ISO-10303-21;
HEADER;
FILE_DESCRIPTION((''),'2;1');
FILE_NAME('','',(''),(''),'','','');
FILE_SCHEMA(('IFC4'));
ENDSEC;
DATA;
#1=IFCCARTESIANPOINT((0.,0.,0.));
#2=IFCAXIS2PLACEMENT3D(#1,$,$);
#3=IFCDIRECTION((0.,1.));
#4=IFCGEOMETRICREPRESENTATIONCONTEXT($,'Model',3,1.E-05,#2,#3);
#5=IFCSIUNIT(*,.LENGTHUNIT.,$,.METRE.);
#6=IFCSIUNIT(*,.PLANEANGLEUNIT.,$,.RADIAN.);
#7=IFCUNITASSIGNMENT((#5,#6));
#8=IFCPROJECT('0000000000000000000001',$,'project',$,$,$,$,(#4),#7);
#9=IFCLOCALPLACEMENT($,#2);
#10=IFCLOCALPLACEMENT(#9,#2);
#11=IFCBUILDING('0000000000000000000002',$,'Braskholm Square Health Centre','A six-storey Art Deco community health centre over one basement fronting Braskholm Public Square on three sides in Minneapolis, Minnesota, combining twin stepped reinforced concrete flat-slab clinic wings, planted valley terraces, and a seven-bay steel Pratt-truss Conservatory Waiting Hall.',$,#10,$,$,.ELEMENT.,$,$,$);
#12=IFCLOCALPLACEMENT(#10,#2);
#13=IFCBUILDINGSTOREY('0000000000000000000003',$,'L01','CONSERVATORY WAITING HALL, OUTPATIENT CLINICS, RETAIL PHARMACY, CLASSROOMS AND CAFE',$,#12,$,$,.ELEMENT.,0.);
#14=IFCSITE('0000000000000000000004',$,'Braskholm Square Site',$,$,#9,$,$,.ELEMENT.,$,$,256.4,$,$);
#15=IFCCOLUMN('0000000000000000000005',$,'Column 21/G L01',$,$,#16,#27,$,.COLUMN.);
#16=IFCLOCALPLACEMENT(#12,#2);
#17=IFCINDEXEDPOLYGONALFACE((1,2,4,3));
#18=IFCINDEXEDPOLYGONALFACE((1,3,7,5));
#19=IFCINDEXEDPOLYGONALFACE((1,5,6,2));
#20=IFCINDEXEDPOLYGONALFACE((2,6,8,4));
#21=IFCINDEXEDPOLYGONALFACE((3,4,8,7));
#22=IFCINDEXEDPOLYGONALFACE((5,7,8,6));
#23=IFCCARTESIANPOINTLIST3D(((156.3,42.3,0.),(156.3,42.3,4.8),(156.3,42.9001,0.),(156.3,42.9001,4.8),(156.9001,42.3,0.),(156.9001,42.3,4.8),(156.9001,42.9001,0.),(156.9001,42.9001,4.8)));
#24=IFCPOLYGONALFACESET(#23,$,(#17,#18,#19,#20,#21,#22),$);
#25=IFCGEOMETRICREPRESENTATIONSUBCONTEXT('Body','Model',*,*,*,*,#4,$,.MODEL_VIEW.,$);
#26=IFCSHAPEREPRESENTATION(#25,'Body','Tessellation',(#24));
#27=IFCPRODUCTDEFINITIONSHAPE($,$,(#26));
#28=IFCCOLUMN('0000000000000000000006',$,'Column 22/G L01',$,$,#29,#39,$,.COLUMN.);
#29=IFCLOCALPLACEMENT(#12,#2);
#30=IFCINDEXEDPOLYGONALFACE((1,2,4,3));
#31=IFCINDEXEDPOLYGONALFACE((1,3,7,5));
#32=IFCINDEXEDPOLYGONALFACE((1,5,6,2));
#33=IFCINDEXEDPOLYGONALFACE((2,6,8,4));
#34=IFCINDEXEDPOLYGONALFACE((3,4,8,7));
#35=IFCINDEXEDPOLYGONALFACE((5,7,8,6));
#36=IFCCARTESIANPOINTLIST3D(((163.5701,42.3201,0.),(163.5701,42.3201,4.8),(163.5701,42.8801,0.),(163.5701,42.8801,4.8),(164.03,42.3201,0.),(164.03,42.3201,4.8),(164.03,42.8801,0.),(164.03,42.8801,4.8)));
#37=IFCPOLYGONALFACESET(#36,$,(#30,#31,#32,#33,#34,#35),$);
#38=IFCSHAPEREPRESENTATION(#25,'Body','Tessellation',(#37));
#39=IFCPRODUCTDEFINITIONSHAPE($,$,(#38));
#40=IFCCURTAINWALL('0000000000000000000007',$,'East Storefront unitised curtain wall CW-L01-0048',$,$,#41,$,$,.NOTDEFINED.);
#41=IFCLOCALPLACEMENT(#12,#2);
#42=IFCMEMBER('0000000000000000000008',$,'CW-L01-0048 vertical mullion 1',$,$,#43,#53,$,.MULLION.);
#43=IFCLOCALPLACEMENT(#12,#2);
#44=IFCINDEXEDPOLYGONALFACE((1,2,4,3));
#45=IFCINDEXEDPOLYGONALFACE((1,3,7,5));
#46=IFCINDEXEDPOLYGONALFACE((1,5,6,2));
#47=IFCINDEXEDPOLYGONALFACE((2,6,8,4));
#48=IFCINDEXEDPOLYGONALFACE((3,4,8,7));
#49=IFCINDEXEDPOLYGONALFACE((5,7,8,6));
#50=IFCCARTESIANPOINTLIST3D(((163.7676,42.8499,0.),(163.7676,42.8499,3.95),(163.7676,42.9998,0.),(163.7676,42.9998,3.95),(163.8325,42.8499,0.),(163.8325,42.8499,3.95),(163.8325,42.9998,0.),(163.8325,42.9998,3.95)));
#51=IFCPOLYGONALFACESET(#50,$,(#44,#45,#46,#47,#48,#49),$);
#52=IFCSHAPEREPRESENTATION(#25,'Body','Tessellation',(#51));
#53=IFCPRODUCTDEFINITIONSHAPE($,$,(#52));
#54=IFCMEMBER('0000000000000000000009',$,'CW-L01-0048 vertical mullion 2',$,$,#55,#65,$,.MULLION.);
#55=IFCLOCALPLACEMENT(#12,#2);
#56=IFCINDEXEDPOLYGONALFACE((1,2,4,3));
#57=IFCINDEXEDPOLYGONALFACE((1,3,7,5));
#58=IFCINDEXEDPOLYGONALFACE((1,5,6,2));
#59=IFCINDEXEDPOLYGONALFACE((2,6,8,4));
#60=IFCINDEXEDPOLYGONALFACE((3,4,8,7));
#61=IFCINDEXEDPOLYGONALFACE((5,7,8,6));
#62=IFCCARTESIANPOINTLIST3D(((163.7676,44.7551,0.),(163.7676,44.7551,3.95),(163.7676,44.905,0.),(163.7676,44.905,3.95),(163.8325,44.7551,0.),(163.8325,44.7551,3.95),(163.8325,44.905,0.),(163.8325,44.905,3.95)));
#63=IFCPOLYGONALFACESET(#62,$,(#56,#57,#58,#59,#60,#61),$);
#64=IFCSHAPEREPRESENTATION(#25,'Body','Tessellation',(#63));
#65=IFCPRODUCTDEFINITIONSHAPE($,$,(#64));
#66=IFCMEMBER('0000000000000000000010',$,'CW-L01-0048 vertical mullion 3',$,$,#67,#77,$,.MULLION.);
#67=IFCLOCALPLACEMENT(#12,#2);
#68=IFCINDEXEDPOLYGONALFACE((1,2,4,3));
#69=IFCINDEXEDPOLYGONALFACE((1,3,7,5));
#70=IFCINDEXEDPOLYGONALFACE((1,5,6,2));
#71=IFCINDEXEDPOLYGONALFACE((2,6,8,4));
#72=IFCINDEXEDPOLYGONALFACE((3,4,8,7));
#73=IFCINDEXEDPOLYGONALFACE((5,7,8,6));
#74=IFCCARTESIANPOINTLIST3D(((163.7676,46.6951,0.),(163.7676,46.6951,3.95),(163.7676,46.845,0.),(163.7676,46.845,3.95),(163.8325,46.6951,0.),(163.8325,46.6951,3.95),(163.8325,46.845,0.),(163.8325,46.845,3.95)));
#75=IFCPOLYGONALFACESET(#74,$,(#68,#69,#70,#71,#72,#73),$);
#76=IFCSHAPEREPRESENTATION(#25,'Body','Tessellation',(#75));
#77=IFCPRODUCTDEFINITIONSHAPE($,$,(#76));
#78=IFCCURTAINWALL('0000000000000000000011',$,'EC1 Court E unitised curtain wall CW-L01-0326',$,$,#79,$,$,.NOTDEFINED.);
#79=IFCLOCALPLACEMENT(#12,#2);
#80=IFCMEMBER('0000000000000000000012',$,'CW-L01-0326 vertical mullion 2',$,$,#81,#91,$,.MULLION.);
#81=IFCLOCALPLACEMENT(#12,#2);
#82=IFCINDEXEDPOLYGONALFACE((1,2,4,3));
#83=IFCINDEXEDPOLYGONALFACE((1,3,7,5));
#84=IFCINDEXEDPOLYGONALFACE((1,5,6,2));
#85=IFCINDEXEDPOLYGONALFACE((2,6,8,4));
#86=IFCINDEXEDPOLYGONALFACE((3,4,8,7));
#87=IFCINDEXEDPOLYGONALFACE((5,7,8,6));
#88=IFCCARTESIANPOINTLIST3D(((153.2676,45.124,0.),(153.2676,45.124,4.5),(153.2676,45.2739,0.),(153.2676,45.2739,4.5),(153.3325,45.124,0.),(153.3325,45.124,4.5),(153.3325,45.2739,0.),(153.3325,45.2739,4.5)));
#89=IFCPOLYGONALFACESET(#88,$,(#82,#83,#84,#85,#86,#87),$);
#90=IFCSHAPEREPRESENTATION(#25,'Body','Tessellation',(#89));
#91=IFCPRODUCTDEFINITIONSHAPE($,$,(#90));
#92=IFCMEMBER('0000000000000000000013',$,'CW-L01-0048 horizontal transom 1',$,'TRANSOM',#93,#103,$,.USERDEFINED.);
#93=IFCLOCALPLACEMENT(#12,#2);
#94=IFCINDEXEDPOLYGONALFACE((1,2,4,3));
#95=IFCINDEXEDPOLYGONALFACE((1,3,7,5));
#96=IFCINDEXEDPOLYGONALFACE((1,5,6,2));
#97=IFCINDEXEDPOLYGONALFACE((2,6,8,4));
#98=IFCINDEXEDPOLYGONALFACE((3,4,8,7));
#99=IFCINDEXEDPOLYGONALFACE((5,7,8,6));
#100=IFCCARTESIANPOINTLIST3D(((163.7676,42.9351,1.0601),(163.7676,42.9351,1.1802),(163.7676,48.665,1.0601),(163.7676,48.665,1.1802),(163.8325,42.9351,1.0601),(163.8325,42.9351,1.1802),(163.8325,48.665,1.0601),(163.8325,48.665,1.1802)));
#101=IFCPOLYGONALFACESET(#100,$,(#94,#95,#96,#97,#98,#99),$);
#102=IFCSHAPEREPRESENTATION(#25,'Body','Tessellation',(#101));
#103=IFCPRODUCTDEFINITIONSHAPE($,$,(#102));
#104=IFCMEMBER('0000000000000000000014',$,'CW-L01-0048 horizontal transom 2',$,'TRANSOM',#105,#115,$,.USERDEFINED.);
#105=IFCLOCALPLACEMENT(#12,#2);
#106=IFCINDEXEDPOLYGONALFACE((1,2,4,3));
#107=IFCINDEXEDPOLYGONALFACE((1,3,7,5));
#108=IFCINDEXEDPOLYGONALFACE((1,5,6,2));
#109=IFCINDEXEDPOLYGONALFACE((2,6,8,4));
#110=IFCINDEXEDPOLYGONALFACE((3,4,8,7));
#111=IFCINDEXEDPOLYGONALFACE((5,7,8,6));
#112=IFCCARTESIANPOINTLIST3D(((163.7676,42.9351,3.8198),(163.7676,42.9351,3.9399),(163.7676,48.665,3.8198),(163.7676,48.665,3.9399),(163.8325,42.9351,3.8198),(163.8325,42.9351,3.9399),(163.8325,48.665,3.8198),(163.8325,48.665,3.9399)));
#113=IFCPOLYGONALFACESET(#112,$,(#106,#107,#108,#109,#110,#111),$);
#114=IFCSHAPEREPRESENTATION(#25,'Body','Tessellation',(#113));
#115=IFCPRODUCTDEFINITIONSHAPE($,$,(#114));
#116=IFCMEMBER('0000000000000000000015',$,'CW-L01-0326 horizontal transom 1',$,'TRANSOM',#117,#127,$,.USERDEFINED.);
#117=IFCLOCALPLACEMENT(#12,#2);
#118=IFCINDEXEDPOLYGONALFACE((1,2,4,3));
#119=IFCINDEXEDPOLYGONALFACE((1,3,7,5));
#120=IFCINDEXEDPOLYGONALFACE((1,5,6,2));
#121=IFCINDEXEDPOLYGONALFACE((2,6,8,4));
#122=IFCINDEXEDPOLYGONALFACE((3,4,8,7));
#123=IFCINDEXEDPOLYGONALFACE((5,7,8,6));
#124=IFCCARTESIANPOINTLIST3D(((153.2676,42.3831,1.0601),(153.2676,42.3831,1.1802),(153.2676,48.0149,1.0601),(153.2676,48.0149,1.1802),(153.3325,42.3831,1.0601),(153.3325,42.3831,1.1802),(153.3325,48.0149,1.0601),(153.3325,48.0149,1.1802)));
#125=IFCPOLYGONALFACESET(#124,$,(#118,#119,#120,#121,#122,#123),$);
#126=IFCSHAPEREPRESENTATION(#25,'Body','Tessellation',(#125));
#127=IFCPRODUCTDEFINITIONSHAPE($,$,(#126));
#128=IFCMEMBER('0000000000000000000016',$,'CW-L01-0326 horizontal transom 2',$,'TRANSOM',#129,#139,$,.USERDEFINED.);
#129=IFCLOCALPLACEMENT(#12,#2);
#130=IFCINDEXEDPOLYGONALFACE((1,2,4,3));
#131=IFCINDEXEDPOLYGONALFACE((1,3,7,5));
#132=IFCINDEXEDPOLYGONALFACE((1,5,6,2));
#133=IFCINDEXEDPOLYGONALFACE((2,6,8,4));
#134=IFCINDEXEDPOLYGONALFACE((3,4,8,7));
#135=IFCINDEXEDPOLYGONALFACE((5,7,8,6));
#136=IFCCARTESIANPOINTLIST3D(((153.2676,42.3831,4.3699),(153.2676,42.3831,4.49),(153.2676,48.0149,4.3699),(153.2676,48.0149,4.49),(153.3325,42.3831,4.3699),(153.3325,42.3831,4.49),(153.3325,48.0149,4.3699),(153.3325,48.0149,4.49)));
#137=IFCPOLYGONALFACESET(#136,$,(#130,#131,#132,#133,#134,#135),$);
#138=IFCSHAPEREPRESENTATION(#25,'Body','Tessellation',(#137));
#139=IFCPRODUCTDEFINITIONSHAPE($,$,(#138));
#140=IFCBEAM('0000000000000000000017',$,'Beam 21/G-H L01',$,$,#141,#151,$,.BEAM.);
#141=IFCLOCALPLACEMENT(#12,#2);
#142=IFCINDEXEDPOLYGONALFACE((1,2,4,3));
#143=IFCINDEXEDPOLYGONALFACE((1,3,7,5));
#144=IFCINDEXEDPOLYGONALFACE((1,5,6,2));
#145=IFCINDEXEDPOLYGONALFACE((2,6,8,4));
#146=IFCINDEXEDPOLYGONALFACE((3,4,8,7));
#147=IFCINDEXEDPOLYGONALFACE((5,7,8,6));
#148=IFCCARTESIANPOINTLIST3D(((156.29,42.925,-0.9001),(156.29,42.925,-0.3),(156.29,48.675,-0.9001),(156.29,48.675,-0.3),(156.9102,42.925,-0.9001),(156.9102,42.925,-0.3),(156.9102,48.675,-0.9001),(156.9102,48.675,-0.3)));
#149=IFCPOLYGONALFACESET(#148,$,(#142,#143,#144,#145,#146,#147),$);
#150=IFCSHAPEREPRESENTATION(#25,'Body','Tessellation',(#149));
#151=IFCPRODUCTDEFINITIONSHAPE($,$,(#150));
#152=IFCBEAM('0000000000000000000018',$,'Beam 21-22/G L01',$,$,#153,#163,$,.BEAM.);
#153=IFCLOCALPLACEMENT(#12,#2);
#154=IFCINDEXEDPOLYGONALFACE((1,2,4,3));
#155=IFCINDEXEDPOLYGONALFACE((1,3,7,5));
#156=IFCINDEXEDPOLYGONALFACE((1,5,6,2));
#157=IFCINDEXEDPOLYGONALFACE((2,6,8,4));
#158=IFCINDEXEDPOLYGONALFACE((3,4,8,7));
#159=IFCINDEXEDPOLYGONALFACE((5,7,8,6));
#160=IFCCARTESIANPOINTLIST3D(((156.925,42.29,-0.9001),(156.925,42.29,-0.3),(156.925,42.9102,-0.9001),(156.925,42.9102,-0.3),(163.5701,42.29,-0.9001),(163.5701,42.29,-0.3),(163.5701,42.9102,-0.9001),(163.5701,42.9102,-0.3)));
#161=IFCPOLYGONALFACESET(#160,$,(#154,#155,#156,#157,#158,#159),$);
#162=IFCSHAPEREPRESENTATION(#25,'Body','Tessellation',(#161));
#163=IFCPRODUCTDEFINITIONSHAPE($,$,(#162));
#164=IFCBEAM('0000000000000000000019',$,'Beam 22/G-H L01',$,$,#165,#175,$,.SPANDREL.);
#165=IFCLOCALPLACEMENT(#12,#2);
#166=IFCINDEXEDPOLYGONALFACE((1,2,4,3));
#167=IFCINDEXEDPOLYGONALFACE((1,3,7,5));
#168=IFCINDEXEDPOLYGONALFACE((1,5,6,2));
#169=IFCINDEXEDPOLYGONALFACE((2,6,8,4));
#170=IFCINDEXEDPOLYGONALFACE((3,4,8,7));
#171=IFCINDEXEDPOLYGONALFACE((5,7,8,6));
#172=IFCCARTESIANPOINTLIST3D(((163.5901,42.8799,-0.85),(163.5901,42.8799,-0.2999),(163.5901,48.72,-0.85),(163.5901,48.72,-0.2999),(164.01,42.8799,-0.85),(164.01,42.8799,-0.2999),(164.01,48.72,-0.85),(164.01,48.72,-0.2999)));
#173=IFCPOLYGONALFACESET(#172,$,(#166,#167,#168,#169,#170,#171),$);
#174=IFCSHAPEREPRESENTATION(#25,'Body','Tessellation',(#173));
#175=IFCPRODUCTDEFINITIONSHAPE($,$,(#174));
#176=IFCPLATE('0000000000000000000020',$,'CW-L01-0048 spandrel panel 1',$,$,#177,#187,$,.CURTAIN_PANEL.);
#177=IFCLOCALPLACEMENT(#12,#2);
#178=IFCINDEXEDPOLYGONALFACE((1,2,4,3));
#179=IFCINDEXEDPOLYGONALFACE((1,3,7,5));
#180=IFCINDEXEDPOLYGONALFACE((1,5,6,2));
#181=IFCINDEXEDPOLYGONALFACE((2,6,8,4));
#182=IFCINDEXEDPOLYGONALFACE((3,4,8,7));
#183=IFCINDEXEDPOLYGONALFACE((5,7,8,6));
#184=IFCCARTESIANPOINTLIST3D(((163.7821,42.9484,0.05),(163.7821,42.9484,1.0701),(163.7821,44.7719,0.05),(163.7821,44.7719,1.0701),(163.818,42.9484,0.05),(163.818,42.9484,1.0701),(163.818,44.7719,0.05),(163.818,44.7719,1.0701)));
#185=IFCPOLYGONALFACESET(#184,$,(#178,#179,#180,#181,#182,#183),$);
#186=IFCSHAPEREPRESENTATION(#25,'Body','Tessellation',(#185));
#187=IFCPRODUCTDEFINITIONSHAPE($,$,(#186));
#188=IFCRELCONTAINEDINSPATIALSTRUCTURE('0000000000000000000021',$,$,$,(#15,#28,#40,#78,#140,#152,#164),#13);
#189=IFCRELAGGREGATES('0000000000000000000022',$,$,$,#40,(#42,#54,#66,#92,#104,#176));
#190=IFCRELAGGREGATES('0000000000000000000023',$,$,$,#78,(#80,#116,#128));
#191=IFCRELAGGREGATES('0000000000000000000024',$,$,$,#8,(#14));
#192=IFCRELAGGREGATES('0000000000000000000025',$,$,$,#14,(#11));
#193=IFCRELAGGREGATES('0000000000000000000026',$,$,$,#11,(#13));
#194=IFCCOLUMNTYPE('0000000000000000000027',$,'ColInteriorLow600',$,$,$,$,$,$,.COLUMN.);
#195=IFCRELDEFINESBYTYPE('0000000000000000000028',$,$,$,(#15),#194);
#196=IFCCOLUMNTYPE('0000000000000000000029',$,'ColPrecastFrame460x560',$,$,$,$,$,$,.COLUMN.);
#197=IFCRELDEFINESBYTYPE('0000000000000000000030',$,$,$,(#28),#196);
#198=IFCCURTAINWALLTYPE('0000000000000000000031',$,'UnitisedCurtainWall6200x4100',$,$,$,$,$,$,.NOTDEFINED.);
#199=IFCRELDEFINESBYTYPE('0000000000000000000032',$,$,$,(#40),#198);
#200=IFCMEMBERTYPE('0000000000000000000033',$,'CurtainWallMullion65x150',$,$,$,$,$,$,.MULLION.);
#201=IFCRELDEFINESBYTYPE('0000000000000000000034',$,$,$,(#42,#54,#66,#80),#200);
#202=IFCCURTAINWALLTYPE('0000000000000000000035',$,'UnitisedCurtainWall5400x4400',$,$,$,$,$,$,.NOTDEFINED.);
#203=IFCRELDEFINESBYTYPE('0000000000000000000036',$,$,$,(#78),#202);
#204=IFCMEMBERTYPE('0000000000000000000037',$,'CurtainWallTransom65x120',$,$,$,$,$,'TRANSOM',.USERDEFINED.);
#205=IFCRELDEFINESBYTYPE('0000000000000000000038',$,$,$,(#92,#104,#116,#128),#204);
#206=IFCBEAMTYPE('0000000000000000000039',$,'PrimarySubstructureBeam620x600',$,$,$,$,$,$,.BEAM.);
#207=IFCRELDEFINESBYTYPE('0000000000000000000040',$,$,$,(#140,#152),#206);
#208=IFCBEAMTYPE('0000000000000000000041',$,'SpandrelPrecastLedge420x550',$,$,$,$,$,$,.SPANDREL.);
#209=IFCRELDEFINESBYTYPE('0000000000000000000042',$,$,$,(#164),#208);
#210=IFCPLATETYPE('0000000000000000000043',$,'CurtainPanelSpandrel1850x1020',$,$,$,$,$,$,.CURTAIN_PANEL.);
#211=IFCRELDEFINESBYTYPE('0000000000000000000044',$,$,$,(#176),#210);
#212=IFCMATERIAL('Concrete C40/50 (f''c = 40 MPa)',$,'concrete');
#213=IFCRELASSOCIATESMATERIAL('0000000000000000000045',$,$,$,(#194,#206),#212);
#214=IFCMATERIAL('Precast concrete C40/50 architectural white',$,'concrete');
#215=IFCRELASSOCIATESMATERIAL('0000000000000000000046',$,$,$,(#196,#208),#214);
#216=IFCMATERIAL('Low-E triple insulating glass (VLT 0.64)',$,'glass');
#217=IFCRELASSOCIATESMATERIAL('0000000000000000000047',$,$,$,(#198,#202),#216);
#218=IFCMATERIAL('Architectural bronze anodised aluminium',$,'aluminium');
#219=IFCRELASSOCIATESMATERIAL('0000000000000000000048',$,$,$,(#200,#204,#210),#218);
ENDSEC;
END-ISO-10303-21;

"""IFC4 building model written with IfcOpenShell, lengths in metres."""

from ifc_helpers import new_model, si_unit, direction, frame, origin, origin_2d, place, context, subcontext, project, spatial, rectangle, extrude, material, material_profile, profile_set, type_object, element, aggregate, save


model = new_model("IFC4")

# Units and contexts
model_context = context("Model", 3, precision=1e-05, world=origin(), true_north=direction((0.0, 1.0)))
body_context = subcontext(model_context, "Body", "Model", "MODEL_VIEW")
ifc_project = project(units=[si_unit("LENGTHUNIT", "METRE"), si_unit("PLANEANGLEUNIT", "RADIAN")], contexts=[model_context])

# Site, building, storey
site_placement = place(None, origin())
site = spatial("IfcSite", under=ifc_project, at=site_placement, Name="Braskholm Square Site", CompositionType="ELEMENT", RefElevation=256.4)
building_placement = place(site_placement, origin())
building = spatial("IfcBuilding", under=site, at=building_placement, Name="Braskholm Square Health Centre", Description="A six-storey Art Deco community health centre over one basement fronting Braskholm Public Square on three sides in Minneapolis, Minnesota, combining twin stepped reinforced concrete flat-slab clinic wings, planted valley terraces, and a seven-bay steel Pratt-truss Conservatory Waiting Hall.", CompositionType="ELEMENT")
storey_placement = place(building_placement, origin())
storey = spatial("IfcBuildingStorey", under=building, at=storey_placement, Name="L01", Description="CONSERVATORY WAITING HALL, OUTPATIENT CLINICS, RETAIL PHARMACY, CLASSROOMS AND CAFE", CompositionType="ELEMENT", Elevation=0.0)

# Columns
ifc_material_1 = material(Name="Concrete C40/50 (f'c = 40 MPa)", Category="concrete")
ifc_material_profile_1 = material_profile(ifc_material_1, rectangle(XDim=0.6001, YDim=0.6001, at=origin_2d()), Name="RC-600X600")
ifc_profile_set_1 = profile_set([ifc_material_profile_1], Name="Concrete C40/50 (f'c = 40 MPa)")
column_type_1 = type_object("IfcColumnType", Name="ColInteriorLow600", PredefinedType="COLUMN", material=ifc_profile_set_1)
column_1_placement = place(storey_placement, frame((156.6001, 42.6001, 0.0), z_axis=(0.0, 0.0, 1.0), x_axis=(1.0, 0.0, 0.0)))
element("IfcColumn", 1, at=column_1_placement, inside=storey, type_object=column_type_1, Name="Column 21/G L01", PredefinedType="COLUMN", context=body_context, shape_type="SweptSolid", body=[
    extrude(rectangle(XDim=0.6001, YDim=0.6001, at=origin_2d()), origin(), (0.0, 0.0, 1.0), 4.8),
])
ifc_material_2 = material(Name="Precast concrete C40/50 architectural white", Category="concrete")
ifc_material_profile_2 = material_profile(ifc_material_2, rectangle(XDim=0.46, YDim=0.5601, at=origin_2d()), Name="RC-460X560")
ifc_profile_set_2 = profile_set([ifc_material_profile_2], Name="Precast concrete C40/50 architectural white")
column_type_2 = type_object("IfcColumnType", Name="ColPrecastFrame460x560", PredefinedType="COLUMN", material=ifc_profile_set_2)
column_2_placement = place(storey_placement, frame((163.8, 42.6001, 0.0), z_axis=(0.0, 0.0, 1.0), x_axis=(1.0, 0.0, 0.0)))
element("IfcColumn", 2, at=column_2_placement, inside=storey, type_object=column_type_2, Name="Column 22/G L01", PredefinedType="COLUMN", context=body_context, shape_type="SweptSolid", body=[
    extrude(rectangle(XDim=0.46, YDim=0.5601, at=origin_2d()), origin(), (0.0, 0.0, 1.0), 4.8),
])

# Curtain wall, members
ifc_material_3 = material(Name="Low-E triple insulating glass (VLT 0.64)", Category="glass")
curtain_wall_type_1 = type_object("IfcCurtainWallType", Name="UnitisedCurtainWall6200x4100", PredefinedType="NOTDEFINED", material=ifc_material_3)
curtain_wall_1_placement = place(storey_placement, origin())
curtain_wall_1 = element("IfcCurtainWall", 3, at=curtain_wall_1_placement, inside=storey, type_object=curtain_wall_type_1, Name="East Storefront unitised curtain wall CW-L01-0048", PredefinedType="NOTDEFINED")
ifc_material_4 = material(Name="Architectural bronze anodised aluminium", Category="aluminium")
ifc_material_profile_3 = material_profile(ifc_material_4, rectangle(XDim=0.0649, YDim=0.1499, at=origin_2d()), Name="ALU-65X150")
ifc_profile_set_3 = profile_set([ifc_material_profile_3], Name="Architectural bronze anodised aluminium")
member_type_1 = type_object("IfcMemberType", Name="CurtainWallMullion65x150", PredefinedType="MULLION", material=ifc_profile_set_3)
member_1_placement = place(storey_placement, frame((163.8, 42.9248, 0.0), z_axis=(0.0, 0.0, 1.0), x_axis=(1.0, 0.0, 0.0)))
member_1 = element("IfcMember", 4, at=member_1_placement, type_object=member_type_1, Name="CW-L01-0048 vertical mullion 1", PredefinedType="MULLION", context=body_context, shape_type="SweptSolid", body=[
    extrude(rectangle(XDim=0.0649, YDim=0.1499, at=origin_2d()), origin(), (0.0, 0.0, 1.0), 3.95),
])
member_2_placement = place(storey_placement, frame((163.8, 44.8301, 0.0), z_axis=(0.0, 0.0, 1.0), x_axis=(1.0, 0.0, 0.0)))
member_2 = element("IfcMember", 5, at=member_2_placement, type_object=member_type_1, Name="CW-L01-0048 vertical mullion 2", PredefinedType="MULLION", context=body_context, shape_type="SweptSolid", body=[
    extrude(rectangle(XDim=0.0649, YDim=0.1499, at=origin_2d()), origin(), (0.0, 0.0, 1.0), 3.95),
])
member_3_placement = place(storey_placement, frame((163.8, 46.77, 0.0), z_axis=(0.0, 0.0, 1.0), x_axis=(1.0, 0.0, 0.0)))
member_3 = element("IfcMember", 6, at=member_3_placement, type_object=member_type_1, Name="CW-L01-0048 vertical mullion 3", PredefinedType="MULLION", context=body_context, shape_type="SweptSolid", body=[
    extrude(rectangle(XDim=0.0649, YDim=0.1499, at=origin_2d()), origin(), (0.0, 0.0, 1.0), 3.95),
])

# Curtain wall, member
curtain_wall_type_2 = type_object("IfcCurtainWallType", Name="UnitisedCurtainWall5400x4400", PredefinedType="NOTDEFINED", material=ifc_material_3)
curtain_wall_2_placement = place(storey_placement, origin())
curtain_wall_2 = element("IfcCurtainWall", 7, at=curtain_wall_2_placement, inside=storey, type_object=curtain_wall_type_2, Name="EC1 Court E unitised curtain wall CW-L01-0326", PredefinedType="NOTDEFINED")
member_4_placement = place(storey_placement, frame((153.3, 45.199, 0.0), z_axis=(0.0, 0.0, 1.0), x_axis=(1.0, 0.0, 0.0)))
member_4 = element("IfcMember", 8, at=member_4_placement, type_object=member_type_1, Name="CW-L01-0326 vertical mullion 2", PredefinedType="MULLION", context=body_context, shape_type="SweptSolid", body=[
    extrude(rectangle(XDim=0.0649, YDim=0.1499, at=origin_2d()), origin(), (0.0, 0.0, 1.0), 4.5),
])

# Members
ifc_material_profile_4 = material_profile(ifc_material_4, rectangle(XDim=0.0649, YDim=0.1201, at=origin_2d()), Name="ALU-65X120")
ifc_profile_set_4 = profile_set([ifc_material_profile_4], Name="Architectural bronze anodised aluminium")
member_type_2 = type_object("IfcMemberType", Name="CurtainWallTransom65x120", ElementType="TRANSOM", PredefinedType="USERDEFINED", material=ifc_profile_set_4)
member_5_placement = place(storey_placement, frame((163.8, 42.9351, 1.1201), z_axis=(0.0, 1.0, 0.0), x_axis=(-1.0, 0.0, 0.0)))
member_5 = element("IfcMember", 9, at=member_5_placement, type_object=member_type_2, Name="CW-L01-0048 horizontal transom 1", ObjectType="TRANSOM", PredefinedType="USERDEFINED", context=body_context, shape_type="SweptSolid", body=[
    extrude(rectangle(XDim=0.0649, YDim=0.1201, at=origin_2d()), origin(), (0.0, 0.0, 1.0), 5.73),
])
member_6_placement = place(storey_placement, frame((163.8, 42.9351, 3.8799), z_axis=(0.0, 1.0, 0.0), x_axis=(-1.0, 0.0, 0.0)))
member_6 = element("IfcMember", 10, at=member_6_placement, type_object=member_type_2, Name="CW-L01-0048 horizontal transom 2", ObjectType="TRANSOM", PredefinedType="USERDEFINED", context=body_context, shape_type="SweptSolid", body=[
    extrude(rectangle(XDim=0.0649, YDim=0.1201, at=origin_2d()), origin(), (0.0, 0.0, 1.0), 5.73),
])
member_7_placement = place(storey_placement, frame((153.3, 48.0149, 1.1201), z_axis=(0.0, -1.0, 0.0), x_axis=(1.0, 0.0, 0.0)))
member_7 = element("IfcMember", 11, at=member_7_placement, type_object=member_type_2, Name="CW-L01-0326 horizontal transom 1", ObjectType="TRANSOM", PredefinedType="USERDEFINED", context=body_context, shape_type="SweptSolid", body=[
    extrude(rectangle(XDim=0.0649, YDim=0.1201, at=origin_2d()), origin(), (0.0, 0.0, 1.0), 5.6318),
])
member_8_placement = place(storey_placement, frame((153.3, 48.0149, 4.4299), z_axis=(0.0, -1.0, 0.0), x_axis=(1.0, 0.0, 0.0)))
member_8 = element("IfcMember", 12, at=member_8_placement, type_object=member_type_2, Name="CW-L01-0326 horizontal transom 2", ObjectType="TRANSOM", PredefinedType="USERDEFINED", context=body_context, shape_type="SweptSolid", body=[
    extrude(rectangle(XDim=0.0649, YDim=0.1201, at=origin_2d()), origin(), (0.0, 0.0, 1.0), 5.6318),
])

# Beams
ifc_material_profile_5 = material_profile(ifc_material_1, rectangle(XDim=0.6201, YDim=0.6001, at=origin_2d()), Name="RCB-620X600")
ifc_profile_set_5 = profile_set([ifc_material_profile_5], Name="Concrete C40/50 (f'c = 40 MPa)")
beam_type_1 = type_object("IfcBeamType", Name="PrimarySubstructureBeam620x600", PredefinedType="BEAM", material=ifc_profile_set_5)
beam_1_placement = place(storey_placement, frame((156.6001, 42.925, -0.6001), z_axis=(0.0, 1.0, 0.0), x_axis=(-1.0, 0.0, 0.0)))
element("IfcBeam", 13, at=beam_1_placement, inside=storey, type_object=beam_type_1, Name="Beam 21/G-H L01", PredefinedType="BEAM", context=body_context, shape_type="SweptSolid", body=[
    extrude(rectangle(XDim=0.6201, YDim=0.6001, at=origin_2d()), origin(), (0.0, 0.0, 1.0), 5.75),
])
beam_2_placement = place(storey_placement, frame((156.925, 42.6001, -0.6001), z_axis=(1.0, 0.0, 0.0), x_axis=(0.0, 1.0, 0.0)))
element("IfcBeam", 14, at=beam_2_placement, inside=storey, type_object=beam_type_1, Name="Beam 21-22/G L01", PredefinedType="BEAM", context=body_context, shape_type="SweptSolid", body=[
    extrude(rectangle(XDim=0.6201, YDim=0.6001, at=origin_2d()), origin(), (0.0, 0.0, 1.0), 6.645),
])
ifc_material_profile_6 = material_profile(ifc_material_2, rectangle(XDim=0.4199, YDim=0.55, at=origin_2d()), Name="RCB-420X550")
ifc_profile_set_6 = profile_set([ifc_material_profile_6], Name="Precast concrete C40/50 architectural white")
beam_type_2 = type_object("IfcBeamType", Name="SpandrelPrecastLedge420x550", PredefinedType="SPANDREL", material=ifc_profile_set_6)
beam_3_placement = place(storey_placement, frame((163.8, 42.8799, -0.575), z_axis=(0.0, 1.0, 0.0), x_axis=(-1.0, 0.0, 0.0)))
element("IfcBeam", 15, at=beam_3_placement, inside=storey, type_object=beam_type_2, Name="Beam 22/G-H L01", PredefinedType="SPANDREL", context=body_context, shape_type="SweptSolid", body=[
    extrude(rectangle(XDim=0.4199, YDim=0.55, at=origin_2d()), origin(), (0.0, 0.0, 1.0), 5.8401),
])

# Plate
plate_type_1 = type_object("IfcPlateType", Name="CurtainPanelSpandrel1850x1020", PredefinedType="CURTAIN_PANEL", material=ifc_material_4)
plate_1_placement = place(storey_placement, frame((163.8, 43.8601, 0.05), z_axis=(0.0, 0.0, 1.0), x_axis=(0.0, 1.0, 0.0)))
plate_1 = element("IfcPlate", 16, at=plate_1_placement, type_object=plate_type_1, Name="CW-L01-0048 spandrel panel 1", PredefinedType="CURTAIN_PANEL", context=body_context, shape_type="SweptSolid", body=[
    extrude(rectangle(XDim=1.8235, YDim=0.0359, at=origin_2d()), origin(), (0.0, 0.0, 1.0), 1.02),
])
aggregate(curtain_wall_1, [member_1, member_2, member_3, member_5, member_6, plate_1])
aggregate(curtain_wall_2, [member_4, member_7, member_8])

save(model, "model.ifc")
